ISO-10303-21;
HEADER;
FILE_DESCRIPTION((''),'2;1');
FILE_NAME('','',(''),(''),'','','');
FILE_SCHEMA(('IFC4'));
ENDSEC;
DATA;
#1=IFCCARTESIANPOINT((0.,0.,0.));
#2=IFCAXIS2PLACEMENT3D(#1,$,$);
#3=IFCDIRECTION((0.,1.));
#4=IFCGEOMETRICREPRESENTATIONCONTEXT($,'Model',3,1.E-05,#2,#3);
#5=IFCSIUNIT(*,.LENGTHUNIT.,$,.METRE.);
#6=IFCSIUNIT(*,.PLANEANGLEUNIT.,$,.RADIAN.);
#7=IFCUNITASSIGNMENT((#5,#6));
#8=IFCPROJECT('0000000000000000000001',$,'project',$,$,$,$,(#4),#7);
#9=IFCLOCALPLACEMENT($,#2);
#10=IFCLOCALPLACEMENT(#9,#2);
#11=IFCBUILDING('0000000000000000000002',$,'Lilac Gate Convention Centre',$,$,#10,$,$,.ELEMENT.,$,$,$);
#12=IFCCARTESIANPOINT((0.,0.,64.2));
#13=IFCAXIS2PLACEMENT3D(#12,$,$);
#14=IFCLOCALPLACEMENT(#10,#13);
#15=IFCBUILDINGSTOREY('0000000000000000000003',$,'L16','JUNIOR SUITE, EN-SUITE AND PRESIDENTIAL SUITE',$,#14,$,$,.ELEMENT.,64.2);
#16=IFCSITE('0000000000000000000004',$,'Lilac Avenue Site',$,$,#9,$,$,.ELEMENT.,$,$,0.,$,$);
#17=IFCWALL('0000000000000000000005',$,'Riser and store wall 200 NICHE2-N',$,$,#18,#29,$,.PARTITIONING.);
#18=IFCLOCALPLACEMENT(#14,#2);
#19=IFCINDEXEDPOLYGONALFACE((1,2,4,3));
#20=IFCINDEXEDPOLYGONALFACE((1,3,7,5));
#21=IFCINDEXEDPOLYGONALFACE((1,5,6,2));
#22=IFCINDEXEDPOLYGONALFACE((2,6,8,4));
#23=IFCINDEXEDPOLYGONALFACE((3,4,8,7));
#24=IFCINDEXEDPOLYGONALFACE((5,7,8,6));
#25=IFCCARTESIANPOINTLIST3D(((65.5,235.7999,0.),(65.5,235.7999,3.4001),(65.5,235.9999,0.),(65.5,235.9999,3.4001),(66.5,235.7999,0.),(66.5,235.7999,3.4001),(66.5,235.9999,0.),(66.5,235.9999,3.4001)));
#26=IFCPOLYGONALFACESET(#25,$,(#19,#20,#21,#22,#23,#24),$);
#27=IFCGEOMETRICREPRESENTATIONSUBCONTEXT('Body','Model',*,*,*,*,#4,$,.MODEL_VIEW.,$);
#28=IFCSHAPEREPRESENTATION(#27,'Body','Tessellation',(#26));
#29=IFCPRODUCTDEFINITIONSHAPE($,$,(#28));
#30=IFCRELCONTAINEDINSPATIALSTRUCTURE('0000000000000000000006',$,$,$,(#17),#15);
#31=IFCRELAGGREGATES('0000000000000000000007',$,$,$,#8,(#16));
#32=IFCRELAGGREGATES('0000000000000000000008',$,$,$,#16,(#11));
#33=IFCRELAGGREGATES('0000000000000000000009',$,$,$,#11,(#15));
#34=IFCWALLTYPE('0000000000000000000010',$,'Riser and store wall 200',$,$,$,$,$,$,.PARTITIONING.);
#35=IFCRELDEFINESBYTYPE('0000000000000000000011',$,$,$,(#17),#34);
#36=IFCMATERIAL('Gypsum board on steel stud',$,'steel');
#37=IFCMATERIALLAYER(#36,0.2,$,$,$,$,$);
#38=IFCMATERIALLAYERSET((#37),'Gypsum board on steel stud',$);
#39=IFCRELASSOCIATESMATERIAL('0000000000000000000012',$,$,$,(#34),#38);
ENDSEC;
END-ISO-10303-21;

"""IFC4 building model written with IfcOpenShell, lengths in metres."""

from ifc_helpers import new_model, si_unit, direction, frame, frame_2d, origin, place, context, subcontext, project, spatial, rectangle, extrude, material, layer, layer_set, type_object, element, save


model = new_model("IFC4")

# Units and contexts
model_context = context("Model", 3, precision=1e-05, world=origin(), true_north=direction((0.0, 1.0)))
body_context = subcontext(model_context, "Body", "Model", "MODEL_VIEW")
ifc_project = project(units=[si_unit("LENGTHUNIT", "METRE"), si_unit("PLANEANGLEUNIT", "RADIAN")], contexts=[model_context])

# Site, building, storey
site_placement = place(None, origin())
site = spatial("IfcSite", under=ifc_project, at=site_placement, Name="Lilac Avenue Site", CompositionType="ELEMENT", RefElevation=0.0)
building_placement = place(site_placement, origin())
building = spatial("IfcBuilding", under=site, at=building_placement, Name="Lilac Gate Convention Centre", CompositionType="ELEMENT")
storey_placement = place(building_placement, frame((0.0, 0.0, 64.2)))
storey = spatial("IfcBuildingStorey", under=building, at=storey_placement, Name="L16", Description="JUNIOR SUITE, EN-SUITE AND PRESIDENTIAL SUITE", CompositionType="ELEMENT", Elevation=64.2)

# Shared definitions
ifc_material_1 = material(Name="Gypsum board on steel stud", Category="steel")

# Wall
ifc_layer_1 = layer(ifc_material_1, 0.2)
ifc_layer_set_1 = layer_set([ifc_layer_1], Name="Gypsum board on steel stud")
wall_type_1 = type_object("IfcWallType", Name="Riser and store wall 200", PredefinedType="PARTITIONING", material=ifc_layer_set_1)
wall_1_placement = place(storey_placement, frame((65.5, 235.8999, 0.0), z_axis=(0.0, 0.0, 1.0), x_axis=(1.0, 0.0, 0.0)))
element("IfcWall", 1, at=wall_1_placement, inside=storey, type_object=wall_type_1, Name="Riser and store wall 200 NICHE2-N", PredefinedType="PARTITIONING", context=body_context, shape_type="SweptSolid", body=[
    extrude(rectangle(XDim=1.0, YDim=0.2, at=frame_2d((0.5, 0.0))), origin(), (0.0, 0.0, 1.0), 3.4001),
])

save(model, "model.ifc")
